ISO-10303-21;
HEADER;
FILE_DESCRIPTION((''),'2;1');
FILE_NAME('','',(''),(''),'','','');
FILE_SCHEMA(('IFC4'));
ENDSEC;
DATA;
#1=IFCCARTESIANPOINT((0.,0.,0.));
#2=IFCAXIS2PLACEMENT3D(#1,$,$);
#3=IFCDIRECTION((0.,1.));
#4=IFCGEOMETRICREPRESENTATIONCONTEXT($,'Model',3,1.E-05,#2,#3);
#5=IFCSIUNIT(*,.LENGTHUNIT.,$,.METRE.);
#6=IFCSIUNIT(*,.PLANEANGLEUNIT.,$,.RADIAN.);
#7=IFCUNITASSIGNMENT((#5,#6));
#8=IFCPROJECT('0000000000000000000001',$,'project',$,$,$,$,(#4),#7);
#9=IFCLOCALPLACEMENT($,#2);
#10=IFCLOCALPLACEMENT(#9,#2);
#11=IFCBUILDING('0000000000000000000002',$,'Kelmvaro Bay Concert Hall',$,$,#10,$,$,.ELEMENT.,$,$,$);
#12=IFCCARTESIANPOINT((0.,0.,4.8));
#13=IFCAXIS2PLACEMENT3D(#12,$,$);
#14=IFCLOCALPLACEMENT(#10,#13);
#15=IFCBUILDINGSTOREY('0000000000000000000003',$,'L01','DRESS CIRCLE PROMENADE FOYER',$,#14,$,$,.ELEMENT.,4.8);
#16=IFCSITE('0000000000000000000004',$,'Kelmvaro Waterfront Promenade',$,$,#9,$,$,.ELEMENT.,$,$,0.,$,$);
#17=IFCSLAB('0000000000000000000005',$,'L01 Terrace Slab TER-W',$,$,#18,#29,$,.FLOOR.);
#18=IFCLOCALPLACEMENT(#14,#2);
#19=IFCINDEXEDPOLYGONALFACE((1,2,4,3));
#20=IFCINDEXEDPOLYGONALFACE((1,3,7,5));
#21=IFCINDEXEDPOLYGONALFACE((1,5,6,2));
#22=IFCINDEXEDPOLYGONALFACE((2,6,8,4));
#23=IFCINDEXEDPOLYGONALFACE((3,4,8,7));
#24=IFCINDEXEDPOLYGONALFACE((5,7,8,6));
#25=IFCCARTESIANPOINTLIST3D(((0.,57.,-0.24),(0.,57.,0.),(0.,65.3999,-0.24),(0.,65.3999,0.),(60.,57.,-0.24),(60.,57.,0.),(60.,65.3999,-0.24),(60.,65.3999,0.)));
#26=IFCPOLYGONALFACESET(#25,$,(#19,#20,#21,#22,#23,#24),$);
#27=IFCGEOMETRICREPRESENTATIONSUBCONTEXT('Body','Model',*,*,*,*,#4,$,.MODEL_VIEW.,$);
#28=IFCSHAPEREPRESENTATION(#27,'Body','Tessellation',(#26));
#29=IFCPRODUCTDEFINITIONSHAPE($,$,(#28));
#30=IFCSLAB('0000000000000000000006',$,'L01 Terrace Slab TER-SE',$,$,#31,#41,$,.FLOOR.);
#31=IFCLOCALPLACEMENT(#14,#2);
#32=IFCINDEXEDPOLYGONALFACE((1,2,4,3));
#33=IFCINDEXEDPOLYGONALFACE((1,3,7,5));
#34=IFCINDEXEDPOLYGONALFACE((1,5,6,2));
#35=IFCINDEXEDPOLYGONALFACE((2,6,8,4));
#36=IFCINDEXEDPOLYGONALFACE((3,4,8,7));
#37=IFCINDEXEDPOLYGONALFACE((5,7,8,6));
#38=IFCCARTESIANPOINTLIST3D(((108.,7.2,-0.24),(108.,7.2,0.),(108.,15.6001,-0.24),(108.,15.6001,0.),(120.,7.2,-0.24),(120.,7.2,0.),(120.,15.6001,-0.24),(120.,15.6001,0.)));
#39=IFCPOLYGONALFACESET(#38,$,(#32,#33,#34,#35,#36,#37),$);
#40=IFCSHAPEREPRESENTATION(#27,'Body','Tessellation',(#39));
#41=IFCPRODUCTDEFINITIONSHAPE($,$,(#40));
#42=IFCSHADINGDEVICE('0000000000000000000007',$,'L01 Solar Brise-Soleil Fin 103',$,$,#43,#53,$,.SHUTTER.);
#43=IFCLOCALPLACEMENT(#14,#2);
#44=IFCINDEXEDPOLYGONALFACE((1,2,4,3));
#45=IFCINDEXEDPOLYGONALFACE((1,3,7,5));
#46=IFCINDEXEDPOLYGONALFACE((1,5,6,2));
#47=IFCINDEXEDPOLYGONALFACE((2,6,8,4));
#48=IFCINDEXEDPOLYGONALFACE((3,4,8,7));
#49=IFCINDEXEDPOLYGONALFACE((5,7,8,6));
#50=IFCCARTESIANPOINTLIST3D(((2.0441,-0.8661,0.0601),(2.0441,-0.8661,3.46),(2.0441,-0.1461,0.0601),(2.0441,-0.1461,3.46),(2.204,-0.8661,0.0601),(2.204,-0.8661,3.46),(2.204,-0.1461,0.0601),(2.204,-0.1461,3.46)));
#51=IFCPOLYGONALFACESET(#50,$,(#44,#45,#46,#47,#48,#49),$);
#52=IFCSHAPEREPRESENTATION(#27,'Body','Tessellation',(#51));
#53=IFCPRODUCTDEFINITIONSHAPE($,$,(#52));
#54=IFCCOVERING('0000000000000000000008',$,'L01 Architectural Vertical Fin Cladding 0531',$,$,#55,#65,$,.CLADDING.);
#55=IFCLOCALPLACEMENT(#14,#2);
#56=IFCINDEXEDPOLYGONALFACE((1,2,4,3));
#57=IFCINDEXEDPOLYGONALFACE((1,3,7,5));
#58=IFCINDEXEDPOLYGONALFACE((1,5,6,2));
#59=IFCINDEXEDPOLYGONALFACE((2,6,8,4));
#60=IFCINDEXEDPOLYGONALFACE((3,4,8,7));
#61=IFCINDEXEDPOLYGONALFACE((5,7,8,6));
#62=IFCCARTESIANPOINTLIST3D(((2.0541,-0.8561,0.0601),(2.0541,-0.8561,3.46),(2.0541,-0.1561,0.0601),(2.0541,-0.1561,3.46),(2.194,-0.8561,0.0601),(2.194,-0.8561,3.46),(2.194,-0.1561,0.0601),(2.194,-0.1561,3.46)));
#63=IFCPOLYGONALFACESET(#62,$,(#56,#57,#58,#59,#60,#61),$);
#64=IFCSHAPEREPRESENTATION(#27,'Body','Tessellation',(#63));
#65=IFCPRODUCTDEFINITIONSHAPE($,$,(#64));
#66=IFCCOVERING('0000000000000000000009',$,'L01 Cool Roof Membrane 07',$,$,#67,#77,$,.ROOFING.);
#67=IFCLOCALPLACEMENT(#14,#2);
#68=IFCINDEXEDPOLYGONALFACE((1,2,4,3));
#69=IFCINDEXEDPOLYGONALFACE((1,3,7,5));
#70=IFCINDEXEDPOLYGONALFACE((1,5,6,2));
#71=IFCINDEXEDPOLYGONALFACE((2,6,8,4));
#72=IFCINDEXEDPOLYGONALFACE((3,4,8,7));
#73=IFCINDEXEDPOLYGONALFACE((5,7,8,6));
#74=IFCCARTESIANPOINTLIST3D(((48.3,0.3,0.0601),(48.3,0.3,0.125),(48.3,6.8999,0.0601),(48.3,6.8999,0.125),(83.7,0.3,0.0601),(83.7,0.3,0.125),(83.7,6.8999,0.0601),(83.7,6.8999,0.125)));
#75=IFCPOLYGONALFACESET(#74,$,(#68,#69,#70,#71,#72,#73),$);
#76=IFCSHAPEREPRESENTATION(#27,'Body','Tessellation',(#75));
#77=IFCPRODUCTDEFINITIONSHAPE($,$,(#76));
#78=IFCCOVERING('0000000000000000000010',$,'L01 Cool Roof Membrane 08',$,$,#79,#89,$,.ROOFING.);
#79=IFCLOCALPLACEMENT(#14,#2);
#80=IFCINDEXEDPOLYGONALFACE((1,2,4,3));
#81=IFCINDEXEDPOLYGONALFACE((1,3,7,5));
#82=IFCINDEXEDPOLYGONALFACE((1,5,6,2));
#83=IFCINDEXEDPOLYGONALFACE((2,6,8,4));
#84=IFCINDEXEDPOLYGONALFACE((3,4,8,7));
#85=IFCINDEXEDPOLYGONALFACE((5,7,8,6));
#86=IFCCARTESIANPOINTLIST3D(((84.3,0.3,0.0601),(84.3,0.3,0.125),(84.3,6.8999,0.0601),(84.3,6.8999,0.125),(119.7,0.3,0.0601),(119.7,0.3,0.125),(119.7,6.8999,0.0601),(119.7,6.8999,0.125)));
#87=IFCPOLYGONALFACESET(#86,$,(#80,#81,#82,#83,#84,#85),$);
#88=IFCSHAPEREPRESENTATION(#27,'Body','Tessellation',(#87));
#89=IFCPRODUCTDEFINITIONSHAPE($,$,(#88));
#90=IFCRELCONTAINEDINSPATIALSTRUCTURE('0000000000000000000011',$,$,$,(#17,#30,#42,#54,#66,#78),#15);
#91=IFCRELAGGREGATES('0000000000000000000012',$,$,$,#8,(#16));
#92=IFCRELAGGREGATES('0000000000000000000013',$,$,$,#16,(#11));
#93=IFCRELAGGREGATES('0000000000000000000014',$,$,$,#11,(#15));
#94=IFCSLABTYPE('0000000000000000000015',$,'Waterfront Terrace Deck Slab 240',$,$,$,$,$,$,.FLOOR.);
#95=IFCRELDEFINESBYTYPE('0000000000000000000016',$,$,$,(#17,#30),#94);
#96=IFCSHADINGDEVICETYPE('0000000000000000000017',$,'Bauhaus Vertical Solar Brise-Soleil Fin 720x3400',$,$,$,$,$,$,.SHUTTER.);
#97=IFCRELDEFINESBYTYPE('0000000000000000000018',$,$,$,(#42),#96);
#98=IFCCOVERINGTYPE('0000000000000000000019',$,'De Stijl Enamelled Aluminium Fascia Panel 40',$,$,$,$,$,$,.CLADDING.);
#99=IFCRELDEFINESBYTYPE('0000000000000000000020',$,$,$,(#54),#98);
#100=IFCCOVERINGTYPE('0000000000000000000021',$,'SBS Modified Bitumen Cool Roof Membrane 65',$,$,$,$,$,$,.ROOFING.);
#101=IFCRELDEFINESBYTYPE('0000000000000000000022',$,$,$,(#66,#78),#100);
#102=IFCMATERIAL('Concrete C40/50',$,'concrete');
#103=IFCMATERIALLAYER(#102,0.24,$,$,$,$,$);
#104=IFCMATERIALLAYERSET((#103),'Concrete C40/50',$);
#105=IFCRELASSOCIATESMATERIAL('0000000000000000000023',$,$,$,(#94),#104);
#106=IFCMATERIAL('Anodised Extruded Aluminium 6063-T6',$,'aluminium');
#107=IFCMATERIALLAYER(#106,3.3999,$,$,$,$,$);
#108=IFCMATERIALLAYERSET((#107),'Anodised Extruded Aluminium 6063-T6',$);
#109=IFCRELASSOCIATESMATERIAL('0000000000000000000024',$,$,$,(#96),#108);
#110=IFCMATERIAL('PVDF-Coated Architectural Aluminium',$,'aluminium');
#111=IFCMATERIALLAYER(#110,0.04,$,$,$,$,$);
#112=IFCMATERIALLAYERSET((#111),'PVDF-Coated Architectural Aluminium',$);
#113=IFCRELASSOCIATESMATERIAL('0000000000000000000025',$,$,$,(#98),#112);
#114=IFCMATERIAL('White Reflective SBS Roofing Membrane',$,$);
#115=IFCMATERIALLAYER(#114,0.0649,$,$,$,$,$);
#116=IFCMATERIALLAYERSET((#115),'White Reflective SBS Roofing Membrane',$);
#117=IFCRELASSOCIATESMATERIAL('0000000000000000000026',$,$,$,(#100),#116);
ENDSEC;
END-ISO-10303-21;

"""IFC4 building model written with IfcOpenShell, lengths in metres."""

from ifc_helpers import new_model, si_unit, direction, frame, origin, origin_2d, place, context, subcontext, project, spatial, polyline, rectangle, outline, extrude, material, layer, layer_set, type_object, element, save


model = new_model("IFC4")

# Units and contexts
model_context = context("Model", 3, precision=1e-05, world=origin(), true_north=direction((0.0, 1.0)))
body_context = subcontext(model_context, "Body", "Model", "MODEL_VIEW")
ifc_project = project(units=[si_unit("LENGTHUNIT", "METRE"), si_unit("PLANEANGLEUNIT", "RADIAN")], contexts=[model_context])

# Site, building, storey
site_placement = place(None, origin())
site = spatial("IfcSite", under=ifc_project, at=site_placement, Name="Kelmvaro Waterfront Promenade", CompositionType="ELEMENT", RefElevation=0.0)
building_placement = place(site_placement, origin())
building = spatial("IfcBuilding", under=site, at=building_placement, Name="Kelmvaro Bay Concert Hall", CompositionType="ELEMENT")
storey_placement = place(building_placement, frame((0.0, 0.0, 4.8)))
storey = spatial("IfcBuildingStorey", under=building, at=storey_placement, Name="L01", Description="DRESS CIRCLE PROMENADE FOYER", CompositionType="ELEMENT", Elevation=4.8)

# Slabs
ifc_material_1 = material(Name="Concrete C40/50", Category="concrete")
ifc_layer_1 = layer(ifc_material_1, 0.24)
ifc_layer_set_1 = layer_set([ifc_layer_1], Name="Concrete C40/50")
slab_type_1 = type_object("IfcSlabType", Name="Waterfront Terrace Deck Slab 240", PredefinedType="FLOOR", material=ifc_layer_set_1)
slab_1_placement = place(storey_placement, frame((0.0, 0.0, -0.24)))
element("IfcSlab", 1, at=slab_1_placement, inside=storey, type_object=slab_type_1, Name="L01 Terrace Slab TER-W", PredefinedType="FLOOR", context=body_context, shape_type="SweptSolid", body=[
    extrude(outline(polyline([(0.0, 57.0), (60.0, 57.0), (60.0, 65.3999), (0.0, 65.3999), (0.0, 57.0)])), origin(), (0.0, 0.0, 1.0), 0.24),
])
slab_2_placement = place(storey_placement, frame((0.0, 0.0, -0.24)))
element("IfcSlab", 2, at=slab_2_placement, inside=storey, type_object=slab_type_1, Name="L01 Terrace Slab TER-SE", PredefinedType="FLOOR", context=body_context, shape_type="SweptSolid", body=[
    extrude(outline(polyline([(108.0, 7.2), (120.0, 7.2), (120.0, 15.6001), (108.0, 15.6001), (108.0, 7.2)])), origin(), (0.0, 0.0, 1.0), 0.24),
])

# Shading device
ifc_material_2 = material(Name="Anodised Extruded Aluminium 6063-T6", Category="aluminium")
ifc_layer_2 = layer(ifc_material_2, 3.3999)
ifc_layer_set_2 = layer_set([ifc_layer_2], Name="Anodised Extruded Aluminium 6063-T6")
shading_device_type = type_object("IfcShadingDeviceType", Name="Bauhaus Vertical Solar Brise-Soleil Fin 720x3400", PredefinedType="SHUTTER", material=ifc_layer_set_2)
shading_device_placement = place(storey_placement, frame((2.124, -0.5061, 0.0601), z_axis=(0.0, 0.0, 1.0), x_axis=(-1.0, 0.0, 0.0)))
element("IfcShadingDevice", 3, at=shading_device_placement, inside=storey, type_object=shading_device_type, Name="L01 Solar Brise-Soleil Fin 103", PredefinedType="SHUTTER", context=body_context, shape_type="SweptSolid", body=[
    extrude(rectangle(XDim=0.1599, YDim=0.72, at=origin_2d()), origin(), (0.0, 0.0, 1.0), 3.3999),
])

# Coverings
ifc_material_3 = material(Name="PVDF-Coated Architectural Aluminium", Category="aluminium")
ifc_layer_3 = layer(ifc_material_3, 0.04)
ifc_layer_set_3 = layer_set([ifc_layer_3], Name="PVDF-Coated Architectural Aluminium")
covering_type_1 = type_object("IfcCoveringType", Name="De Stijl Enamelled Aluminium Fascia Panel 40", PredefinedType="CLADDING", material=ifc_layer_set_3)
covering_1_placement = place(storey_placement, frame((2.124, -0.5061, 0.0601), z_axis=(0.0, 0.0, 1.0), x_axis=(-1.0, 0.0, 0.0)))
element("IfcCovering", 4, at=covering_1_placement, inside=storey, type_object=covering_type_1, Name="L01 Architectural Vertical Fin Cladding 0531", PredefinedType="CLADDING", context=body_context, shape_type="SweptSolid", body=[
    extrude(rectangle(XDim=0.1399, YDim=0.7, at=origin_2d()), origin(), (0.0, 0.0, 1.0), 3.3999),
])
ifc_material_4 = material(Name="White Reflective SBS Roofing Membrane")
ifc_layer_4 = layer(ifc_material_4, 0.0649)
ifc_layer_set_4 = layer_set([ifc_layer_4], Name="White Reflective SBS Roofing Membrane")
covering_type_2 = type_object("IfcCoveringType", Name="SBS Modified Bitumen Cool Roof Membrane 65", PredefinedType="ROOFING", material=ifc_layer_set_4)
covering_2_placement = place(storey_placement, frame((0.0, 0.0, 0.0601)))
element("IfcCovering", 5, at=covering_2_placement, inside=storey, type_object=covering_type_2, Name="L01 Cool Roof Membrane 07", PredefinedType="ROOFING", context=body_context, shape_type="SweptSolid", body=[
    extrude(outline(polyline([(48.3, 0.3), (83.7, 0.3), (83.7, 6.8999), (48.3, 6.8999), (48.3, 0.3)])), origin(), (0.0, 0.0, 1.0), 0.0649),
])
covering_3_placement = place(storey_placement, frame((0.0, 0.0, 0.0601)))
element("IfcCovering", 6, at=covering_3_placement, inside=storey, type_object=covering_type_2, Name="L01 Cool Roof Membrane 08", PredefinedType="ROOFING", context=body_context, shape_type="SweptSolid", body=[
    extrude(outline(polyline([(84.3, 0.3), (119.7, 0.3), (119.7, 6.8999), (84.3, 6.8999), (84.3, 0.3)])), origin(), (0.0, 0.0, 1.0), 0.0649),
])

save(model, "model.ifc")
